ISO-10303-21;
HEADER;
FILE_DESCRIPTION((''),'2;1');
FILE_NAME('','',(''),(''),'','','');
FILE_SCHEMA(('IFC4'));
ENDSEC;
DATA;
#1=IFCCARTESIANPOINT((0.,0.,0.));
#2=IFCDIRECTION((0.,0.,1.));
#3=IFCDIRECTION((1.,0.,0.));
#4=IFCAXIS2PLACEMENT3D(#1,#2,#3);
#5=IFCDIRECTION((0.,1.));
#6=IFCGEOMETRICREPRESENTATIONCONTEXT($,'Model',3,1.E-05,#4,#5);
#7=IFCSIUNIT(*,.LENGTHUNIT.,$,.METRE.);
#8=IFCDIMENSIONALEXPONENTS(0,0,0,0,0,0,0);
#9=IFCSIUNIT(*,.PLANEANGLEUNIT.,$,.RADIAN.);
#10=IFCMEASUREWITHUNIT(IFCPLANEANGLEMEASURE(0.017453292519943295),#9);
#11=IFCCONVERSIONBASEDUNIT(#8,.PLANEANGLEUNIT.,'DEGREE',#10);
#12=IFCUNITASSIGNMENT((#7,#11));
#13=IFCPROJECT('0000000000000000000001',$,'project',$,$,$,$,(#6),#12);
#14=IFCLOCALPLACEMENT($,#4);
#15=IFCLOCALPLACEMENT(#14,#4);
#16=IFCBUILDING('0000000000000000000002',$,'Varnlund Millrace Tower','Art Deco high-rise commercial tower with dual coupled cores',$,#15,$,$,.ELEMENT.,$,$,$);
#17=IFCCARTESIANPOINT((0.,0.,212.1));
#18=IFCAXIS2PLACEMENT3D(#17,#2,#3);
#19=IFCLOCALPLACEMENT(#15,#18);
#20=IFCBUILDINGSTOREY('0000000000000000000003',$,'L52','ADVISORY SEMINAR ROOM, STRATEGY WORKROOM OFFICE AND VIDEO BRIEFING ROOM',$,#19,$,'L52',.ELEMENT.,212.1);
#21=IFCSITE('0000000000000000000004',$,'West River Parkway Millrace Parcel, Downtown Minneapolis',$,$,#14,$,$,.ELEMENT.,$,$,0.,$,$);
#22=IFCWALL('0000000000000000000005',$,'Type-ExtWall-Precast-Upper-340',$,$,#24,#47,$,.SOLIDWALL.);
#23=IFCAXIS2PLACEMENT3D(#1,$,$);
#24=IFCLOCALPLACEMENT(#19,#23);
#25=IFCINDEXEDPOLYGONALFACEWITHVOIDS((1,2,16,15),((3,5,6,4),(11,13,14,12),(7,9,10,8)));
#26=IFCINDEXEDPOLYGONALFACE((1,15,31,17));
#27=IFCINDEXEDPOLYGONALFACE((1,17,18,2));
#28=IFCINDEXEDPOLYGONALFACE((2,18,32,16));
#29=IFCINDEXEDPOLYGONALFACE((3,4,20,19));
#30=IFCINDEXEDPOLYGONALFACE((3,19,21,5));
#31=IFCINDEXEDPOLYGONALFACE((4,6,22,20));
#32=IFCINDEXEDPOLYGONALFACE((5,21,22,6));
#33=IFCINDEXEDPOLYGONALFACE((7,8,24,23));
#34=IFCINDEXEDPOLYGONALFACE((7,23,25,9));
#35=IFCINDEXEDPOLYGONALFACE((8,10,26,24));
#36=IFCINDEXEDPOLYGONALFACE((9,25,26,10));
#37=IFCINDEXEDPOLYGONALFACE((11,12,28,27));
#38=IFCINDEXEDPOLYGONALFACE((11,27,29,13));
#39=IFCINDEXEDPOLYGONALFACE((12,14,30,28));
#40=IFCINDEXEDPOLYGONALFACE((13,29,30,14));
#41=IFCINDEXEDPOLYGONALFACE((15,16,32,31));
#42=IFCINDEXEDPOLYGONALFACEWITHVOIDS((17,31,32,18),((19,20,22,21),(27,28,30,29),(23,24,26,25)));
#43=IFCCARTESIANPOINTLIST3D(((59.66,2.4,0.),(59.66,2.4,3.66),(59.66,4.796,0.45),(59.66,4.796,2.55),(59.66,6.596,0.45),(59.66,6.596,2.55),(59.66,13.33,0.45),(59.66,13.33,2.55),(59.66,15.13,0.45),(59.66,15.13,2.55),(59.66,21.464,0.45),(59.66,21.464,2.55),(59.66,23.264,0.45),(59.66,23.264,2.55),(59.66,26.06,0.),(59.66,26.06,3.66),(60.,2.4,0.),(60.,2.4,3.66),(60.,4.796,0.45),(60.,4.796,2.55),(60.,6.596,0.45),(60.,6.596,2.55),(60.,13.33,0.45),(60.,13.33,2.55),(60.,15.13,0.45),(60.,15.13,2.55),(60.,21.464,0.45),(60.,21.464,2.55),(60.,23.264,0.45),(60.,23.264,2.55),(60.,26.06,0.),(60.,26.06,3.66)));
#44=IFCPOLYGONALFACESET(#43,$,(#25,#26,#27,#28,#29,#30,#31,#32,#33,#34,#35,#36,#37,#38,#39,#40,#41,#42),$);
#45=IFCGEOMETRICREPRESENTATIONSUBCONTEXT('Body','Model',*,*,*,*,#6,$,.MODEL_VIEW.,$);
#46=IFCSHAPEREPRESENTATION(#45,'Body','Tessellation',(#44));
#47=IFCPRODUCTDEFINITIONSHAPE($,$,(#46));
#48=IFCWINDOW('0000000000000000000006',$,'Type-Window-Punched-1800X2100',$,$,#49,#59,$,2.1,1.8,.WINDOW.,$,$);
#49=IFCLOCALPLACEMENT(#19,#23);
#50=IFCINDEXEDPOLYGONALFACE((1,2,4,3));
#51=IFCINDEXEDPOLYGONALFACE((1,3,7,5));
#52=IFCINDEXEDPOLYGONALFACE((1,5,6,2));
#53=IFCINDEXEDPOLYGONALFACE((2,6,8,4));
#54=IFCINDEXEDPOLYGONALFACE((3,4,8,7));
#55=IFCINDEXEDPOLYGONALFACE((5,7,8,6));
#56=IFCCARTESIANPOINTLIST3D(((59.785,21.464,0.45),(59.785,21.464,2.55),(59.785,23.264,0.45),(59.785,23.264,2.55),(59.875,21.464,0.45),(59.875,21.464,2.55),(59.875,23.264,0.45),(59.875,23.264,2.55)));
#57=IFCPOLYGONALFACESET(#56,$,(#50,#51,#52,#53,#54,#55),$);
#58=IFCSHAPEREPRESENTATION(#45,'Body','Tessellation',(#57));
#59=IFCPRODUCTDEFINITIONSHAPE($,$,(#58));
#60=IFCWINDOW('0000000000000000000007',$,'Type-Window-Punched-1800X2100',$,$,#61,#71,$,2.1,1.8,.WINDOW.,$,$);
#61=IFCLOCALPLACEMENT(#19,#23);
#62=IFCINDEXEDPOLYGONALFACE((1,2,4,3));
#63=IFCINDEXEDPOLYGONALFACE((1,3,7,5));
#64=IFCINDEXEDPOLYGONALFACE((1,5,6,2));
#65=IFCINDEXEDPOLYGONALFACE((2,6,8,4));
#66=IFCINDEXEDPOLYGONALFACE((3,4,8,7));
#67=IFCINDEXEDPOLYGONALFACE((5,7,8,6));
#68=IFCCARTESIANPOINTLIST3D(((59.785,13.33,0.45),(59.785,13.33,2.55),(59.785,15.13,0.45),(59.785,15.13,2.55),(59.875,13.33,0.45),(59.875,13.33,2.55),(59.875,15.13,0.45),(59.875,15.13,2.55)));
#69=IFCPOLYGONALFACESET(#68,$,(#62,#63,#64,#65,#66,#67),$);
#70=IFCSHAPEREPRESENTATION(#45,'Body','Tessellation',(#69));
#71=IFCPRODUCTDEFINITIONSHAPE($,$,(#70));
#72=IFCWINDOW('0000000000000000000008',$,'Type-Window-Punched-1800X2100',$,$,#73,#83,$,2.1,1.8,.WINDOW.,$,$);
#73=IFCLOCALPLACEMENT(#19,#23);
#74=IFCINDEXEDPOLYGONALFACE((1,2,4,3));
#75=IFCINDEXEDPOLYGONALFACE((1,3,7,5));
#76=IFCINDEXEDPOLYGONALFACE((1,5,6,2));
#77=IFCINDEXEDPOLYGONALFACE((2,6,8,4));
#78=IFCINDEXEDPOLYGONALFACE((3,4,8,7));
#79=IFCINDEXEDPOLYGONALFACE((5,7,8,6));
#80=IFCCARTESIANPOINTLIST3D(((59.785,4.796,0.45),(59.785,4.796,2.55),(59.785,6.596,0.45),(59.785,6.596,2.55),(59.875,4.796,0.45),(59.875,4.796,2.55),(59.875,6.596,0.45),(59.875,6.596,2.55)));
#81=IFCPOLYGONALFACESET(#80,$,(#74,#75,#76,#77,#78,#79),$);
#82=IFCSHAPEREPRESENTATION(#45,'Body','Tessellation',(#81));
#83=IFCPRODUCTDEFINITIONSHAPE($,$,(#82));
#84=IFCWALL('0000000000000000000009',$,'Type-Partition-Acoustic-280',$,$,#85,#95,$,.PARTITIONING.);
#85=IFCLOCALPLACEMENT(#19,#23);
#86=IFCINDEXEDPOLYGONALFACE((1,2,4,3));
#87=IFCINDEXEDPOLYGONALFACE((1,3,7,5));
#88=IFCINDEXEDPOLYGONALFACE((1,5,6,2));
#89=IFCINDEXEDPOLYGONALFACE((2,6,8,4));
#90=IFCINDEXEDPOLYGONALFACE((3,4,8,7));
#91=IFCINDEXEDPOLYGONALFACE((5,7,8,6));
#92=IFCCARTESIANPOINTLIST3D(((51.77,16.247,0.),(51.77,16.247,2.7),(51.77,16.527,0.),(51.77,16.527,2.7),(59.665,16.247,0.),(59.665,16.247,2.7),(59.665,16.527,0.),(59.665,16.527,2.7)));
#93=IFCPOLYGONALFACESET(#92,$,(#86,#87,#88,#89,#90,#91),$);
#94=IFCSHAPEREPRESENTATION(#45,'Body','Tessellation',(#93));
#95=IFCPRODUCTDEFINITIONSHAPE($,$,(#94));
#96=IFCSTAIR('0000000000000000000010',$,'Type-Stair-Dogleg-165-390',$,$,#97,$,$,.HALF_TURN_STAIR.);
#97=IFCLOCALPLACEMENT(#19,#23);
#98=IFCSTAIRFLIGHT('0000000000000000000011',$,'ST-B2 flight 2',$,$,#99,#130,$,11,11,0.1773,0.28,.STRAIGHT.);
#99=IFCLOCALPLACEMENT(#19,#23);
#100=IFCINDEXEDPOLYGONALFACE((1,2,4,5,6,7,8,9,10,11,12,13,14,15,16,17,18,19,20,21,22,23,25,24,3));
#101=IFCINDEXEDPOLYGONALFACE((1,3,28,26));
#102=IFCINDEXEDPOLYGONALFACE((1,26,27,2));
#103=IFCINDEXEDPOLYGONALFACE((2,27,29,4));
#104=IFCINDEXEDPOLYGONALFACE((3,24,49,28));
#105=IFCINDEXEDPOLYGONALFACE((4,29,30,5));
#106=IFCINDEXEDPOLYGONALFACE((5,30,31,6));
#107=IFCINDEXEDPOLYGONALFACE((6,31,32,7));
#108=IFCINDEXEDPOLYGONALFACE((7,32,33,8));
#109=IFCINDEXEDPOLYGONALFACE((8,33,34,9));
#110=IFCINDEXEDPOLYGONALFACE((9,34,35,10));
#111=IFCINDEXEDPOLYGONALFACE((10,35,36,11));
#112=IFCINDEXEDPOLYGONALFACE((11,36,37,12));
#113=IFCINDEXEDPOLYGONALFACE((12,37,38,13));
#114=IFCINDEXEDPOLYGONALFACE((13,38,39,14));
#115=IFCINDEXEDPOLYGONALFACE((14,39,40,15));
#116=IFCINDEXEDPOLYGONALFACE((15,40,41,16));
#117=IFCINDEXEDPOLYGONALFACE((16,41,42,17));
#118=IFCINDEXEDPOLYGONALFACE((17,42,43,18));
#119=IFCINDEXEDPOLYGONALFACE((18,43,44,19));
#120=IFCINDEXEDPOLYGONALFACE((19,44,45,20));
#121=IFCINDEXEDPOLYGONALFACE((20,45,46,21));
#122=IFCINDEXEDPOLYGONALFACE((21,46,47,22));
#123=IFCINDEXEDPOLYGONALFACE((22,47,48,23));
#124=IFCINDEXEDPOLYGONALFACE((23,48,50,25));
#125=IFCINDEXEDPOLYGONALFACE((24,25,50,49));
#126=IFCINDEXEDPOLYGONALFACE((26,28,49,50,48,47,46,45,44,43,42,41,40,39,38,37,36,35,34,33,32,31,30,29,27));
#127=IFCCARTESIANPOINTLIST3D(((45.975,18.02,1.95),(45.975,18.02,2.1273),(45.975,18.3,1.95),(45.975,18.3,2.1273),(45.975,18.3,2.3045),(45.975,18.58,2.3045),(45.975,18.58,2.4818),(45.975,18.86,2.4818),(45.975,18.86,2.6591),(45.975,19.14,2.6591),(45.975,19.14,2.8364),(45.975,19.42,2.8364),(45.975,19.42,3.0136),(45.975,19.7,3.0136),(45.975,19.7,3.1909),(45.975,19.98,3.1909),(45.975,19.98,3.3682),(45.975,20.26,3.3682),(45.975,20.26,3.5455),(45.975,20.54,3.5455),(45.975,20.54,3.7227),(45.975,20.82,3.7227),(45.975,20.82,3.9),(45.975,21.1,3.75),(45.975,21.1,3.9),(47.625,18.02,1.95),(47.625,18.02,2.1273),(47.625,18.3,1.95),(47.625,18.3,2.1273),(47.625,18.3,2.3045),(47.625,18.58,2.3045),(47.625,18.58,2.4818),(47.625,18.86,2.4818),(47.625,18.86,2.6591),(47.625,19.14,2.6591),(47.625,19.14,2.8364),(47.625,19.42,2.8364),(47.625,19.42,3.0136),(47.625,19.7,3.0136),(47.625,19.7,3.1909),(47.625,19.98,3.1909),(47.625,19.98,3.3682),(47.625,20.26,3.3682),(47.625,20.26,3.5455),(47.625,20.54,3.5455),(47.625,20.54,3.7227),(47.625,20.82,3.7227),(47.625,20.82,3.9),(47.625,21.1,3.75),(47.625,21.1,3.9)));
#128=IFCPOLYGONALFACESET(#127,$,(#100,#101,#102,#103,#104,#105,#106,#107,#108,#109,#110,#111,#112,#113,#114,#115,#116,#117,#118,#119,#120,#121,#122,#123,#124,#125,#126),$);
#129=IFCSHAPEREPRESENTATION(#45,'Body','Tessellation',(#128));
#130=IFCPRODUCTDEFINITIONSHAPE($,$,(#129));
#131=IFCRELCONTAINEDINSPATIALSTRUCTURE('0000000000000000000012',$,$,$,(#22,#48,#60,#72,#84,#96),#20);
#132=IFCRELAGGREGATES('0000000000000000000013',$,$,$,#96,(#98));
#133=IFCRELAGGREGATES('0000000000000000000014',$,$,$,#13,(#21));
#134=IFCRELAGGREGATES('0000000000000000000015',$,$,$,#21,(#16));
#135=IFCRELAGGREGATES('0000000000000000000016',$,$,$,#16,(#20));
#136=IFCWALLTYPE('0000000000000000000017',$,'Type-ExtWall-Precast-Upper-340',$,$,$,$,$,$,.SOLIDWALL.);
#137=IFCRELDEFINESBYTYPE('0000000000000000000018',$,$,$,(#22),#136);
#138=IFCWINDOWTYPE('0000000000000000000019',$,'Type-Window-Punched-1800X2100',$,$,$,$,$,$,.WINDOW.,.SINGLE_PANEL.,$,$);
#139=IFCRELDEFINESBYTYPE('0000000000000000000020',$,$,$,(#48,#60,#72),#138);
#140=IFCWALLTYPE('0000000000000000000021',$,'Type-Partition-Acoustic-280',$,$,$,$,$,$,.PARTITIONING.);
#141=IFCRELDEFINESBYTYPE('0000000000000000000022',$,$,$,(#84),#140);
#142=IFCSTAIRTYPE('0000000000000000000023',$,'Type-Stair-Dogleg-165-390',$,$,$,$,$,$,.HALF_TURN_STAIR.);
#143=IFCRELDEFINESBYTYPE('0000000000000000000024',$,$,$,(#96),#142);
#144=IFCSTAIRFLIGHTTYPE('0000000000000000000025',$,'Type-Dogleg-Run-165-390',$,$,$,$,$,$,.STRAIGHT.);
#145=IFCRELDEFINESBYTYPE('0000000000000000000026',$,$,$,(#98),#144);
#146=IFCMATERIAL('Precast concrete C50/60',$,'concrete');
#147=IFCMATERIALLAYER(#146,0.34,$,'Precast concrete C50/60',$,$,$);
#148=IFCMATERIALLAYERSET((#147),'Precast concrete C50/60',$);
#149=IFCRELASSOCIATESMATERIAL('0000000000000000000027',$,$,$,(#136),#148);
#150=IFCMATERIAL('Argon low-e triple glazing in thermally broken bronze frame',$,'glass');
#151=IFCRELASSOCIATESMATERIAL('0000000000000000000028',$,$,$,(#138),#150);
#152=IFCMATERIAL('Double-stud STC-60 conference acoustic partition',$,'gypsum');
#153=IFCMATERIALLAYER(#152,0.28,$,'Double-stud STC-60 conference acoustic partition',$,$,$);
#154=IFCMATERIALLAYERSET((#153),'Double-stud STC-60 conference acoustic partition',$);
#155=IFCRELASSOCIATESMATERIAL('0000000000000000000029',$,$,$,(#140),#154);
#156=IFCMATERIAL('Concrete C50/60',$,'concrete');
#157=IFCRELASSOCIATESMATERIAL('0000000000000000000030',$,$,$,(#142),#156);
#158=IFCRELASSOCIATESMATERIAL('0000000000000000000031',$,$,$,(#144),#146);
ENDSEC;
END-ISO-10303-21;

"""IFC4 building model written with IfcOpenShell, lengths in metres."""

from ifc_helpers import new_model, entity, si_unit, converted_unit, direction, frame, origin_with_axes, origin_2d_with_axis, place, context, subcontext, project, spatial, polyline, rectangle, outline, extrude, material, layer, layer_set, type_object, element, fill, aggregate, save


model = new_model("IFC4")

# Units and contexts
model_context = context("Model", 3, precision=1e-05, world=origin_with_axes(), true_north=direction((0.0, 1.0)))
body_context = subcontext(model_context, "Body", "Model", "MODEL_VIEW")
ifc_project = project(units=[si_unit("LENGTHUNIT", "METRE"), converted_unit("PLANEANGLEUNIT", "DEGREE", entity("IfcPlaneAngleMeasure", 0.017453292519943295), si_unit("PLANEANGLEUNIT", "RADIAN"), dimensions=[0, 0, 0, 0, 0, 0, 0])], contexts=[model_context])

# Site, building, storey
site_placement = place(None, origin_with_axes())
site = spatial("IfcSite", under=ifc_project, at=site_placement, Name="West River Parkway Millrace Parcel, Downtown Minneapolis", CompositionType="ELEMENT", RefElevation=0.0)
building_placement = place(site_placement, origin_with_axes())
building = spatial("IfcBuilding", under=site, at=building_placement, Name="Varnlund Millrace Tower", Description="Art Deco high-rise commercial tower with dual coupled cores", CompositionType="ELEMENT")
storey_placement = place(building_placement, frame((0.0, 0.0, 212.1), z_axis=(0.0, 0.0, 1.0), x_axis=(1.0, 0.0, 0.0)))
storey = spatial("IfcBuildingStorey", under=building, at=storey_placement, Name="L52", Description="ADVISORY SEMINAR ROOM, STRATEGY WORKROOM OFFICE AND VIDEO BRIEFING ROOM", LongName="L52", CompositionType="ELEMENT", Elevation=212.1)

# Shared definitions
ifc_material_1 = material(Name="Precast concrete C50/60", Category="concrete")
ifc_layer_1 = layer(ifc_material_1, 0.34, Name="Precast concrete C50/60")
ifc_layer_set_1 = layer_set([ifc_layer_1], Name="Precast concrete C50/60")
wall_type_1 = type_object("IfcWallType", Name="Type-ExtWall-Precast-Upper-340", PredefinedType="SOLIDWALL", material=ifc_layer_set_1)

# Wall, openings, windows
wall_1_placement = place(storey_placement, frame((59.83, 26.06, 0.0), z_axis=(0.0, 0.0, 1.0), x_axis=(0.0, -1.0, 0.0)))
wall_1 = element("IfcWall", 1, at=wall_1_placement, inside=storey, type_object=wall_type_1, Name="Type-ExtWall-Precast-Upper-340", PredefinedType="SOLIDWALL", context=body_context, shape_type="SweptSolid", body=[
    extrude(outline(polyline([(0.0, -0.17), (23.66, -0.17), (23.66, 0.17), (0.0, 0.17), (0.0, -0.17)])), origin_with_axes(), (0.0, 0.0, 1.0), 3.66),
])
opening_1_placement = place(wall_1_placement, frame((3.696, 0.0, 0.45), z_axis=(0.0, 0.0, 1.0), x_axis=(1.0, 0.0, 0.0)))
opening_1 = element("IfcOpeningElement", 2, at=opening_1_placement, cuts=wall_1, PredefinedType="OPENING", context=body_context, shape_type="SweptSolid", body=[
    extrude(rectangle(XDim=1.8, YDim=0.36, at=origin_2d_with_axis()), origin_with_axes(), (0.0, 0.0, 1.0), 2.1),
])
opening_2_placement = place(wall_1_placement, frame((11.83, 0.0, 0.45), z_axis=(0.0, 0.0, 1.0), x_axis=(1.0, 0.0, 0.0)))
opening_2 = element("IfcOpeningElement", 3, at=opening_2_placement, cuts=wall_1, PredefinedType="OPENING", context=body_context, shape_type="SweptSolid", body=[
    extrude(rectangle(XDim=1.8, YDim=0.36, at=origin_2d_with_axis()), origin_with_axes(), (0.0, 0.0, 1.0), 2.1),
])
opening_3_placement = place(wall_1_placement, frame((20.364, 0.0, 0.45), z_axis=(0.0, 0.0, 1.0), x_axis=(1.0, 0.0, 0.0)))
opening_3 = element("IfcOpeningElement", 4, at=opening_3_placement, cuts=wall_1, PredefinedType="OPENING", context=body_context, shape_type="SweptSolid", body=[
    extrude(rectangle(XDim=1.8, YDim=0.36, at=origin_2d_with_axis()), origin_with_axes(), (0.0, 0.0, 1.0), 2.1),
])
ifc_material_2 = material(Name="Argon low-e triple glazing in thermally broken bronze frame", Category="glass")
window_type = type_object("IfcWindowType", Name="Type-Window-Punched-1800X2100", PartitioningType="SINGLE_PANEL", PredefinedType="WINDOW", material=ifc_material_2)
window_1_placement = place(wall_1_placement, frame((3.696, 0.0, 0.45), z_axis=(0.0, 0.0, 1.0), x_axis=(1.0, 0.0, 0.0)))
window_1 = element("IfcWindow", 5, at=window_1_placement, inside=storey, type_object=window_type, Name="Type-Window-Punched-1800X2100", OverallHeight=2.1, OverallWidth=1.8, PredefinedType="WINDOW", context=body_context, shape_type="SweptSolid", body=[
    extrude(rectangle(XDim=1.8, YDim=0.09, at=origin_2d_with_axis()), origin_with_axes(), (0.0, 0.0, 1.0), 2.1),
])
fill(opening_1, window_1)
window_2_placement = place(wall_1_placement, frame((11.83, 0.0, 0.45), z_axis=(0.0, 0.0, 1.0), x_axis=(1.0, 0.0, 0.0)))
window_2 = element("IfcWindow", 6, at=window_2_placement, inside=storey, type_object=window_type, Name="Type-Window-Punched-1800X2100", OverallHeight=2.1, OverallWidth=1.8, PredefinedType="WINDOW", context=body_context, shape_type="SweptSolid", body=[
    extrude(rectangle(XDim=1.8, YDim=0.09, at=origin_2d_with_axis()), origin_with_axes(), (0.0, 0.0, 1.0), 2.1),
])
fill(opening_2, window_2)
window_3_placement = place(wall_1_placement, frame((20.364, 0.0, 0.45), z_axis=(0.0, 0.0, 1.0), x_axis=(1.0, 0.0, 0.0)))
window_3 = element("IfcWindow", 7, at=window_3_placement, inside=storey, type_object=window_type, Name="Type-Window-Punched-1800X2100", OverallHeight=2.1, OverallWidth=1.8, PredefinedType="WINDOW", context=body_context, shape_type="SweptSolid", body=[
    extrude(rectangle(XDim=1.8, YDim=0.09, at=origin_2d_with_axis()), origin_with_axes(), (0.0, 0.0, 1.0), 2.1),
])
fill(opening_3, window_3)

# Wall
ifc_material_3 = material(Name="Double-stud STC-60 conference acoustic partition", Category="gypsum")
ifc_layer_2 = layer(ifc_material_3, 0.28, Name="Double-stud STC-60 conference acoustic partition")
ifc_layer_set_2 = layer_set([ifc_layer_2], Name="Double-stud STC-60 conference acoustic partition")
wall_type_2 = type_object("IfcWallType", Name="Type-Partition-Acoustic-280", PredefinedType="PARTITIONING", material=ifc_layer_set_2)
wall_2_placement = place(storey_placement, frame((51.77, 16.387, 0.0), z_axis=(0.0, 0.0, 1.0), x_axis=(1.0, 0.0, 0.0)))
element("IfcWall", 8, at=wall_2_placement, inside=storey, type_object=wall_type_2, Name="Type-Partition-Acoustic-280", PredefinedType="PARTITIONING", context=body_context, shape_type="SweptSolid", body=[
    extrude(outline(polyline([(0.0, -0.14), (7.895, -0.14), (7.895, 0.14), (0.0, 0.14), (0.0, -0.14)])), origin_with_axes(), (0.0, 0.0, 1.0), 2.7),
])

# Stair, stair flight
ifc_material_4 = material(Name="Concrete C50/60", Category="concrete")
stair_type = type_object("IfcStairType", Name="Type-Stair-Dogleg-165-390", PredefinedType="HALF_TURN_STAIR", material=ifc_material_4)
stair_placement = place(storey_placement, origin_with_axes())
stair = element("IfcStair", 9, at=stair_placement, inside=storey, type_object=stair_type, Name="Type-Stair-Dogleg-165-390", PredefinedType="HALF_TURN_STAIR")
stair_flight_type = type_object("IfcStairFlightType", Name="Type-Dogleg-Run-165-390", PredefinedType="STRAIGHT", material=ifc_material_1)
stair_flight_placement = place(storey_placement, frame((45.975, 18.02, 1.95), z_axis=(1.0, 0.0, 0.0), x_axis=(0.0, 1.0, 0.0)))
stair_flight = element("IfcStairFlight", 10, at=stair_flight_placement, type_object=stair_flight_type, Name="ST-B2 flight 2", NumberOfRisers=11, NumberOfTreads=11, PredefinedType="STRAIGHT", RiserHeight=0.1773, TreadLength=0.28, context=body_context, shape_type="SweptSolid", body=[
    extrude(outline(polyline([(0.0, 0.0), (0.0, 0.1773), (0.28, 0.1773), (0.28, 0.3545), (0.56, 0.3545), (0.56, 0.5318), (0.84, 0.5318), (0.84, 0.7091), (1.12, 0.7091), (1.12, 0.8864), (1.4, 0.8864), (1.4, 1.0636), (1.68, 1.0636), (1.68, 1.2409), (1.96, 1.2409), (1.96, 1.4182), (2.24, 1.4182), (2.24, 1.5955), (2.52, 1.5955), (2.52, 1.7727), (2.8, 1.7727), (2.8, 1.95), (3.08, 1.95), (3.08, 1.8), (0.28, 0.0), (0.0, 0.0)])), origin_with_axes(), (0.0, 0.0, 1.0), 1.65),
])
aggregate(stair, [stair_flight])

save(model, "model.ifc")
